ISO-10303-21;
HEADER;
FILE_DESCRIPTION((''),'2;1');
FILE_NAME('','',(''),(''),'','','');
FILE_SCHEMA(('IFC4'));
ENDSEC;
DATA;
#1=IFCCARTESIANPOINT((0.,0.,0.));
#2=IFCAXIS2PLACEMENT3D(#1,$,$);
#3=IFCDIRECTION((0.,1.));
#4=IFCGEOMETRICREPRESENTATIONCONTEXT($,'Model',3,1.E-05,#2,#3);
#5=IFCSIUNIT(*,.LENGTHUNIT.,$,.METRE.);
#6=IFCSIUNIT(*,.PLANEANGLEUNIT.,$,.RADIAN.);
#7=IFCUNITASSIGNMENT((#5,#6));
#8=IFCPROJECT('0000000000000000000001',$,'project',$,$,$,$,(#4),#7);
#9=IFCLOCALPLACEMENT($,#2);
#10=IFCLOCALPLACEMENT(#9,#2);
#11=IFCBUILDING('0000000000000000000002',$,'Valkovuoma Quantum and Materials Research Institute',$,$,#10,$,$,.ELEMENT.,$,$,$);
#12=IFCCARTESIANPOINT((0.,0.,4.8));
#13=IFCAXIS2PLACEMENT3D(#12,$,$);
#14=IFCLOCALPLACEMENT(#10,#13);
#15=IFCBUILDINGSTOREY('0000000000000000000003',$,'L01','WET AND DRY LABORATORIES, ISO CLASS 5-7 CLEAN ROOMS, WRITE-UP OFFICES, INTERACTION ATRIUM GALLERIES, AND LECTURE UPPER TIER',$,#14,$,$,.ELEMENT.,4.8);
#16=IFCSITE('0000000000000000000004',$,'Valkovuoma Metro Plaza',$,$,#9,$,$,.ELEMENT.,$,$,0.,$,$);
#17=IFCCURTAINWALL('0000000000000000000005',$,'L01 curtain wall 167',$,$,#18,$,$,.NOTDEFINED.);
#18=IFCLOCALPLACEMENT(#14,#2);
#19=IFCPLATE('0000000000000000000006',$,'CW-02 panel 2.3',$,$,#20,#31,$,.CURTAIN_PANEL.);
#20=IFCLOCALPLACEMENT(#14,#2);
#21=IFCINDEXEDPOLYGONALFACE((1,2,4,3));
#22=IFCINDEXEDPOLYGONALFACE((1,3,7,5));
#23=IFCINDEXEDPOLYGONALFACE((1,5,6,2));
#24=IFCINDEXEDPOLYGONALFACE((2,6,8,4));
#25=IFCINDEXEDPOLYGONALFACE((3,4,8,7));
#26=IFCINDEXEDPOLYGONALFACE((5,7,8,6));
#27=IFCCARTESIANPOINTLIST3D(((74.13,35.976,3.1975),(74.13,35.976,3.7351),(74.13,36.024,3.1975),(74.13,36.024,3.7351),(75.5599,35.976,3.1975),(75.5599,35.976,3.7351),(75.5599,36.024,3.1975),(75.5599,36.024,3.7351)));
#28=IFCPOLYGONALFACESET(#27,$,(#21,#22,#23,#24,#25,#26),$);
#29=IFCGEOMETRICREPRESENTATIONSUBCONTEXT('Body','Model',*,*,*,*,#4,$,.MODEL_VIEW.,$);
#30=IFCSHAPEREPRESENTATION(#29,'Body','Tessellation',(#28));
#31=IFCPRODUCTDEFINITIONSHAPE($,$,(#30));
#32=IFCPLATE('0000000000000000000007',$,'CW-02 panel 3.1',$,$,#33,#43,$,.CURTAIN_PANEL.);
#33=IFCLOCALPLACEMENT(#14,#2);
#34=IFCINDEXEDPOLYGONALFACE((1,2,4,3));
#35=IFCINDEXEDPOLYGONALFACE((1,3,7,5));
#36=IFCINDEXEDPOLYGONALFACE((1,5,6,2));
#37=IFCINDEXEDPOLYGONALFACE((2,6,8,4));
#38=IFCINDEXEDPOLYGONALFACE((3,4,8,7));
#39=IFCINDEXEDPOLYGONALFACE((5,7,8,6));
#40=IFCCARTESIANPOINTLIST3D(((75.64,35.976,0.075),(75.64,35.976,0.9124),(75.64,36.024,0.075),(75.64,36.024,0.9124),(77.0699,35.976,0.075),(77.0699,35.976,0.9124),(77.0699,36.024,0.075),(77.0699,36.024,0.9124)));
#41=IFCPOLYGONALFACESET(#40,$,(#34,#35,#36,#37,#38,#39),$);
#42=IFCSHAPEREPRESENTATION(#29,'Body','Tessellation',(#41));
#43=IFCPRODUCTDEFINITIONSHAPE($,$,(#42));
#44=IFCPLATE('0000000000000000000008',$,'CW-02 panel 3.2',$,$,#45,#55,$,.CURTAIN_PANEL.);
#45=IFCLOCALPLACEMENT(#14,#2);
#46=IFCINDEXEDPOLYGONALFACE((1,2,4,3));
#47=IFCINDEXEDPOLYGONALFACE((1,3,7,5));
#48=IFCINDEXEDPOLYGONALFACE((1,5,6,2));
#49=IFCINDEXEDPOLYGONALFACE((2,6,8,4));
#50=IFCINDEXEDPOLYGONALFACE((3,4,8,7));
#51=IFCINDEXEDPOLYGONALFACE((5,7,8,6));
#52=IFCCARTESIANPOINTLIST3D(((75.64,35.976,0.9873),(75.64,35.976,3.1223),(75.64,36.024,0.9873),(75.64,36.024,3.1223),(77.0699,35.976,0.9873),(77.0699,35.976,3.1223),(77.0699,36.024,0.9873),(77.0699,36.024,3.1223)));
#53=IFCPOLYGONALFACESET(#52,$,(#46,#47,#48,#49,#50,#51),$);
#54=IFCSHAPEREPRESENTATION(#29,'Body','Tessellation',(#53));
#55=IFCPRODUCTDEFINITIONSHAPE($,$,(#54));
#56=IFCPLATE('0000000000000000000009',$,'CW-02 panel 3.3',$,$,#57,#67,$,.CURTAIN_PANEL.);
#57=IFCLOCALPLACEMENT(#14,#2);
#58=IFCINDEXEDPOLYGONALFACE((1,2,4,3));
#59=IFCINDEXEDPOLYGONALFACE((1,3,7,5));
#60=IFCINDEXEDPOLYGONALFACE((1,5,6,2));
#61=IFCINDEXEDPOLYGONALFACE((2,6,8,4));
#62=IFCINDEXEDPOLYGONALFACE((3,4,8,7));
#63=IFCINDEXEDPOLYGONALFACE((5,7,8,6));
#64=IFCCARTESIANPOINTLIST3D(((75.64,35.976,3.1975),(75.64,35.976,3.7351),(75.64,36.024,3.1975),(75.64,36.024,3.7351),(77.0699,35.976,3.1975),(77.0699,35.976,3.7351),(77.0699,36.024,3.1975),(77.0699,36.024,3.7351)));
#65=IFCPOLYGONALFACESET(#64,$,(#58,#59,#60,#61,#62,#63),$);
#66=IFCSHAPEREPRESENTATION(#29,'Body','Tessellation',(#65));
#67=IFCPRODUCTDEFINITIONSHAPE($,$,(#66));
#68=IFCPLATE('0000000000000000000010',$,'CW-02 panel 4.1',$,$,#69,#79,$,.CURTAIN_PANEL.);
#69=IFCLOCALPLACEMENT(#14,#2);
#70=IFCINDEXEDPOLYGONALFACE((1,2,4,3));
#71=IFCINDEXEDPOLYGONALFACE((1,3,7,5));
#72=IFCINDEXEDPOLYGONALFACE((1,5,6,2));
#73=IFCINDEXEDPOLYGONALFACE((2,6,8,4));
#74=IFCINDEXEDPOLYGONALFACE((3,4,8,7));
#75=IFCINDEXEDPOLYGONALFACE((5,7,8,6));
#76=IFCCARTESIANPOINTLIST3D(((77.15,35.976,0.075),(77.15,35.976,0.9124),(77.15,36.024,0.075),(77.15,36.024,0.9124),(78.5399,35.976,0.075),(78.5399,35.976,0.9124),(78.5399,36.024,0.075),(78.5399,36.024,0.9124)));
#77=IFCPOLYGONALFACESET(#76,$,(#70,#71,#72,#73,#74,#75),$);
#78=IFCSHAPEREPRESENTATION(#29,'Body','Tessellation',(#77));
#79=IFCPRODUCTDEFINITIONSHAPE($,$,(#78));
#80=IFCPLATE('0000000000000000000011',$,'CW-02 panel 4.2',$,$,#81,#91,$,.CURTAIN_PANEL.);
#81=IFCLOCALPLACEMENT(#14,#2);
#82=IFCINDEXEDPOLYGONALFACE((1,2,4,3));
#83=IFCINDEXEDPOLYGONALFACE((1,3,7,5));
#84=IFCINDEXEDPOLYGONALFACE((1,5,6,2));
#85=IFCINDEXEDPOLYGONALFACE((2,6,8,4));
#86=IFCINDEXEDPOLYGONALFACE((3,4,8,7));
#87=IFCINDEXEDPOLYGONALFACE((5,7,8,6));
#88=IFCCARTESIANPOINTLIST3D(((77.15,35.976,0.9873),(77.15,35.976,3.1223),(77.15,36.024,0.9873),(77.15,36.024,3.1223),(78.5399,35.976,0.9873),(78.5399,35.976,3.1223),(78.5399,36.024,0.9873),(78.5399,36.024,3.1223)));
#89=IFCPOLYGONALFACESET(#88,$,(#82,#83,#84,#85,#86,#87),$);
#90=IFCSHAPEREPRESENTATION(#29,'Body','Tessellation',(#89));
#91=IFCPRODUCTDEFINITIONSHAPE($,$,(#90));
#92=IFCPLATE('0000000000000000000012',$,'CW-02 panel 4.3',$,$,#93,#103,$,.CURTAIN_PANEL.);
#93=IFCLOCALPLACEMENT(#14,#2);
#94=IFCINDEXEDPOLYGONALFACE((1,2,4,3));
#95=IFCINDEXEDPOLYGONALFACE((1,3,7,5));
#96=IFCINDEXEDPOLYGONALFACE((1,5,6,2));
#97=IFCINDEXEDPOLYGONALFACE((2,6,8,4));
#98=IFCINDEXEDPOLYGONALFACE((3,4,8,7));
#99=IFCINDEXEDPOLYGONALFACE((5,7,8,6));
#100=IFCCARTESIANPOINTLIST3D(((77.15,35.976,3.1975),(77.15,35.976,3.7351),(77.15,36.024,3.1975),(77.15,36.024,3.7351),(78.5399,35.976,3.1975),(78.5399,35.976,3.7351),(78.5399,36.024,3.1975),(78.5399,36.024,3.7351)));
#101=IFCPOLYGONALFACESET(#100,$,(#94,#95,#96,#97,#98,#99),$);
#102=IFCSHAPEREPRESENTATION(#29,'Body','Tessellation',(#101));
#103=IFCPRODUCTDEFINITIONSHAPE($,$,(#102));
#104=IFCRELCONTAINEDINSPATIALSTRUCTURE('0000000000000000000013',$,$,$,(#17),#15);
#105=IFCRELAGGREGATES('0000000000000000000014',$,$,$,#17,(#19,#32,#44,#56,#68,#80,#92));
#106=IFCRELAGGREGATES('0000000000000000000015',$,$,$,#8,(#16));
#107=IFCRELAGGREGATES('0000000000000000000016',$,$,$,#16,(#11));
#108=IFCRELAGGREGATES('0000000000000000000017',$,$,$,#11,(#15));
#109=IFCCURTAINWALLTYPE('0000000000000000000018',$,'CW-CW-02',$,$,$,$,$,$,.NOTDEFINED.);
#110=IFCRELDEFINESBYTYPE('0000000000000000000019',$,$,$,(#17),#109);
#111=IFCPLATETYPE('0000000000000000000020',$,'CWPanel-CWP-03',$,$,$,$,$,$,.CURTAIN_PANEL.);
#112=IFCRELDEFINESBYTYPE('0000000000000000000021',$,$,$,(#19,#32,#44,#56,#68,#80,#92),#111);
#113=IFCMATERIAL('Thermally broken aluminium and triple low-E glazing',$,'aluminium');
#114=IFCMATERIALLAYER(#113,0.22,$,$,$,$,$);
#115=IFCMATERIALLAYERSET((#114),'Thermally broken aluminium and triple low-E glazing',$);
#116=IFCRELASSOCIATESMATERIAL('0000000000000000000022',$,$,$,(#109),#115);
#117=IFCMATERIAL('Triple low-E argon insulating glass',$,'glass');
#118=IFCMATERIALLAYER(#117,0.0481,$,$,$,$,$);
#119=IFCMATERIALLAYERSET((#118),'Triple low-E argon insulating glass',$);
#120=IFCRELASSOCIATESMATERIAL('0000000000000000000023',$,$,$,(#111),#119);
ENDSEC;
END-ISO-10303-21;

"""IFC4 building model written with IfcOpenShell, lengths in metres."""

from ifc_helpers import new_model, si_unit, direction, frame, origin, origin_2d, place, context, subcontext, project, spatial, rectangle, extrude, material, layer, layer_set, type_object, element, aggregate, save


model = new_model("IFC4")

# Units and contexts
model_context = context("Model", 3, precision=1e-05, world=origin(), true_north=direction((0.0, 1.0)))
body_context = subcontext(model_context, "Body", "Model", "MODEL_VIEW")
ifc_project = project(units=[si_unit("LENGTHUNIT", "METRE"), si_unit("PLANEANGLEUNIT", "RADIAN")], contexts=[model_context])

# Site, building, storey
site_placement = place(None, origin())
site = spatial("IfcSite", under=ifc_project, at=site_placement, Name="Valkovuoma Metro Plaza", CompositionType="ELEMENT", RefElevation=0.0)
building_placement = place(site_placement, origin())
building = spatial("IfcBuilding", under=site, at=building_placement, Name="Valkovuoma Quantum and Materials Research Institute", CompositionType="ELEMENT")
storey_placement = place(building_placement, frame((0.0, 0.0, 4.8)))
storey = spatial("IfcBuildingStorey", under=building, at=storey_placement, Name="L01", Description="WET AND DRY LABORATORIES, ISO CLASS 5-7 CLEAN ROOMS, WRITE-UP OFFICES, INTERACTION ATRIUM GALLERIES, AND LECTURE UPPER TIER", CompositionType="ELEMENT", Elevation=4.8)

# Curtain wall, plates
ifc_material_1 = material(Name="Thermally broken aluminium and triple low-E glazing", Category="aluminium")
ifc_layer_1 = layer(ifc_material_1, 0.22)
ifc_layer_set_1 = layer_set([ifc_layer_1], Name="Thermally broken aluminium and triple low-E glazing")
curtain_wall_type = type_object("IfcCurtainWallType", Name="CW-CW-02", PredefinedType="NOTDEFINED", material=ifc_layer_set_1)
curtain_wall_placement = place(storey_placement, origin())
curtain_wall = element("IfcCurtainWall", 1, at=curtain_wall_placement, inside=storey, type_object=curtain_wall_type, Name="L01 curtain wall 167", PredefinedType="NOTDEFINED")
ifc_material_2 = material(Name="Triple low-E argon insulating glass", Category="glass")
ifc_layer_2 = layer(ifc_material_2, 0.0481)
ifc_layer_set_2 = layer_set([ifc_layer_2], Name="Triple low-E argon insulating glass")
plate_type = type_object("IfcPlateType", Name="CWPanel-CWP-03", PredefinedType="CURTAIN_PANEL", material=ifc_layer_set_2)
plate_1_placement = place(storey_placement, frame((74.845, 36.0, 3.1975), z_axis=(0.0, 0.0, 1.0), x_axis=(1.0, 0.0, 0.0)))
plate_1 = element("IfcPlate", 2, at=plate_1_placement, type_object=plate_type, Name="CW-02 panel 2.3", PredefinedType="CURTAIN_PANEL", context=body_context, shape_type="SweptSolid", body=[
    extrude(rectangle(XDim=1.4299, YDim=0.0481, at=origin_2d()), origin(), (0.0, 0.0, 1.0), 0.5376),
])
plate_2_placement = place(storey_placement, frame((76.355, 36.0, 0.075), z_axis=(0.0, 0.0, 1.0), x_axis=(1.0, 0.0, 0.0)))
plate_2 = element("IfcPlate", 3, at=plate_2_placement, type_object=plate_type, Name="CW-02 panel 3.1", PredefinedType="CURTAIN_PANEL", context=body_context, shape_type="SweptSolid", body=[
    extrude(rectangle(XDim=1.4299, YDim=0.0481, at=origin_2d()), origin(), (0.0, 0.0, 1.0), 0.8374),
])
plate_3_placement = place(storey_placement, frame((76.355, 36.0, 0.9873), z_axis=(0.0, 0.0, 1.0), x_axis=(1.0, 0.0, 0.0)))
plate_3 = element("IfcPlate", 4, at=plate_3_placement, type_object=plate_type, Name="CW-02 panel 3.2", PredefinedType="CURTAIN_PANEL", context=body_context, shape_type="SweptSolid", body=[
    extrude(rectangle(XDim=1.4299, YDim=0.0481, at=origin_2d()), origin(), (0.0, 0.0, 1.0), 2.135),
])
plate_4_placement = place(storey_placement, frame((76.355, 36.0, 3.1975), z_axis=(0.0, 0.0, 1.0), x_axis=(1.0, 0.0, 0.0)))
plate_4 = element("IfcPlate", 5, at=plate_4_placement, type_object=plate_type, Name="CW-02 panel 3.3", PredefinedType="CURTAIN_PANEL", context=body_context, shape_type="SweptSolid", body=[
    extrude(rectangle(XDim=1.4299, YDim=0.0481, at=origin_2d()), origin(), (0.0, 0.0, 1.0), 0.5376),
])
plate_5_placement = place(storey_placement, frame((77.845, 36.0, 0.075), z_axis=(0.0, 0.0, 1.0), x_axis=(1.0, 0.0, 0.0)))
plate_5 = element("IfcPlate", 6, at=plate_5_placement, type_object=plate_type, Name="CW-02 panel 4.1", PredefinedType="CURTAIN_PANEL", context=body_context, shape_type="SweptSolid", body=[
    extrude(rectangle(XDim=1.3899, YDim=0.0481, at=origin_2d()), origin(), (0.0, 0.0, 1.0), 0.8374),
])
plate_6_placement = place(storey_placement, frame((77.845, 36.0, 0.9873), z_axis=(0.0, 0.0, 1.0), x_axis=(1.0, 0.0, 0.0)))
plate_6 = element("IfcPlate", 7, at=plate_6_placement, type_object=plate_type, Name="CW-02 panel 4.2", PredefinedType="CURTAIN_PANEL", context=body_context, shape_type="SweptSolid", body=[
    extrude(rectangle(XDim=1.3899, YDim=0.0481, at=origin_2d()), origin(), (0.0, 0.0, 1.0), 2.135),
])
plate_7_placement = place(storey_placement, frame((77.845, 36.0, 3.1975), z_axis=(0.0, 0.0, 1.0), x_axis=(1.0, 0.0, 0.0)))
plate_7 = element("IfcPlate", 8, at=plate_7_placement, type_object=plate_type, Name="CW-02 panel 4.3", PredefinedType="CURTAIN_PANEL", context=body_context, shape_type="SweptSolid", body=[
    extrude(rectangle(XDim=1.3899, YDim=0.0481, at=origin_2d()), origin(), (0.0, 0.0, 1.0), 0.5376),
])
aggregate(curtain_wall, [plate_1, plate_2, plate_3, plate_4, plate_5, plate_6, plate_7])

save(model, "model.ifc")
